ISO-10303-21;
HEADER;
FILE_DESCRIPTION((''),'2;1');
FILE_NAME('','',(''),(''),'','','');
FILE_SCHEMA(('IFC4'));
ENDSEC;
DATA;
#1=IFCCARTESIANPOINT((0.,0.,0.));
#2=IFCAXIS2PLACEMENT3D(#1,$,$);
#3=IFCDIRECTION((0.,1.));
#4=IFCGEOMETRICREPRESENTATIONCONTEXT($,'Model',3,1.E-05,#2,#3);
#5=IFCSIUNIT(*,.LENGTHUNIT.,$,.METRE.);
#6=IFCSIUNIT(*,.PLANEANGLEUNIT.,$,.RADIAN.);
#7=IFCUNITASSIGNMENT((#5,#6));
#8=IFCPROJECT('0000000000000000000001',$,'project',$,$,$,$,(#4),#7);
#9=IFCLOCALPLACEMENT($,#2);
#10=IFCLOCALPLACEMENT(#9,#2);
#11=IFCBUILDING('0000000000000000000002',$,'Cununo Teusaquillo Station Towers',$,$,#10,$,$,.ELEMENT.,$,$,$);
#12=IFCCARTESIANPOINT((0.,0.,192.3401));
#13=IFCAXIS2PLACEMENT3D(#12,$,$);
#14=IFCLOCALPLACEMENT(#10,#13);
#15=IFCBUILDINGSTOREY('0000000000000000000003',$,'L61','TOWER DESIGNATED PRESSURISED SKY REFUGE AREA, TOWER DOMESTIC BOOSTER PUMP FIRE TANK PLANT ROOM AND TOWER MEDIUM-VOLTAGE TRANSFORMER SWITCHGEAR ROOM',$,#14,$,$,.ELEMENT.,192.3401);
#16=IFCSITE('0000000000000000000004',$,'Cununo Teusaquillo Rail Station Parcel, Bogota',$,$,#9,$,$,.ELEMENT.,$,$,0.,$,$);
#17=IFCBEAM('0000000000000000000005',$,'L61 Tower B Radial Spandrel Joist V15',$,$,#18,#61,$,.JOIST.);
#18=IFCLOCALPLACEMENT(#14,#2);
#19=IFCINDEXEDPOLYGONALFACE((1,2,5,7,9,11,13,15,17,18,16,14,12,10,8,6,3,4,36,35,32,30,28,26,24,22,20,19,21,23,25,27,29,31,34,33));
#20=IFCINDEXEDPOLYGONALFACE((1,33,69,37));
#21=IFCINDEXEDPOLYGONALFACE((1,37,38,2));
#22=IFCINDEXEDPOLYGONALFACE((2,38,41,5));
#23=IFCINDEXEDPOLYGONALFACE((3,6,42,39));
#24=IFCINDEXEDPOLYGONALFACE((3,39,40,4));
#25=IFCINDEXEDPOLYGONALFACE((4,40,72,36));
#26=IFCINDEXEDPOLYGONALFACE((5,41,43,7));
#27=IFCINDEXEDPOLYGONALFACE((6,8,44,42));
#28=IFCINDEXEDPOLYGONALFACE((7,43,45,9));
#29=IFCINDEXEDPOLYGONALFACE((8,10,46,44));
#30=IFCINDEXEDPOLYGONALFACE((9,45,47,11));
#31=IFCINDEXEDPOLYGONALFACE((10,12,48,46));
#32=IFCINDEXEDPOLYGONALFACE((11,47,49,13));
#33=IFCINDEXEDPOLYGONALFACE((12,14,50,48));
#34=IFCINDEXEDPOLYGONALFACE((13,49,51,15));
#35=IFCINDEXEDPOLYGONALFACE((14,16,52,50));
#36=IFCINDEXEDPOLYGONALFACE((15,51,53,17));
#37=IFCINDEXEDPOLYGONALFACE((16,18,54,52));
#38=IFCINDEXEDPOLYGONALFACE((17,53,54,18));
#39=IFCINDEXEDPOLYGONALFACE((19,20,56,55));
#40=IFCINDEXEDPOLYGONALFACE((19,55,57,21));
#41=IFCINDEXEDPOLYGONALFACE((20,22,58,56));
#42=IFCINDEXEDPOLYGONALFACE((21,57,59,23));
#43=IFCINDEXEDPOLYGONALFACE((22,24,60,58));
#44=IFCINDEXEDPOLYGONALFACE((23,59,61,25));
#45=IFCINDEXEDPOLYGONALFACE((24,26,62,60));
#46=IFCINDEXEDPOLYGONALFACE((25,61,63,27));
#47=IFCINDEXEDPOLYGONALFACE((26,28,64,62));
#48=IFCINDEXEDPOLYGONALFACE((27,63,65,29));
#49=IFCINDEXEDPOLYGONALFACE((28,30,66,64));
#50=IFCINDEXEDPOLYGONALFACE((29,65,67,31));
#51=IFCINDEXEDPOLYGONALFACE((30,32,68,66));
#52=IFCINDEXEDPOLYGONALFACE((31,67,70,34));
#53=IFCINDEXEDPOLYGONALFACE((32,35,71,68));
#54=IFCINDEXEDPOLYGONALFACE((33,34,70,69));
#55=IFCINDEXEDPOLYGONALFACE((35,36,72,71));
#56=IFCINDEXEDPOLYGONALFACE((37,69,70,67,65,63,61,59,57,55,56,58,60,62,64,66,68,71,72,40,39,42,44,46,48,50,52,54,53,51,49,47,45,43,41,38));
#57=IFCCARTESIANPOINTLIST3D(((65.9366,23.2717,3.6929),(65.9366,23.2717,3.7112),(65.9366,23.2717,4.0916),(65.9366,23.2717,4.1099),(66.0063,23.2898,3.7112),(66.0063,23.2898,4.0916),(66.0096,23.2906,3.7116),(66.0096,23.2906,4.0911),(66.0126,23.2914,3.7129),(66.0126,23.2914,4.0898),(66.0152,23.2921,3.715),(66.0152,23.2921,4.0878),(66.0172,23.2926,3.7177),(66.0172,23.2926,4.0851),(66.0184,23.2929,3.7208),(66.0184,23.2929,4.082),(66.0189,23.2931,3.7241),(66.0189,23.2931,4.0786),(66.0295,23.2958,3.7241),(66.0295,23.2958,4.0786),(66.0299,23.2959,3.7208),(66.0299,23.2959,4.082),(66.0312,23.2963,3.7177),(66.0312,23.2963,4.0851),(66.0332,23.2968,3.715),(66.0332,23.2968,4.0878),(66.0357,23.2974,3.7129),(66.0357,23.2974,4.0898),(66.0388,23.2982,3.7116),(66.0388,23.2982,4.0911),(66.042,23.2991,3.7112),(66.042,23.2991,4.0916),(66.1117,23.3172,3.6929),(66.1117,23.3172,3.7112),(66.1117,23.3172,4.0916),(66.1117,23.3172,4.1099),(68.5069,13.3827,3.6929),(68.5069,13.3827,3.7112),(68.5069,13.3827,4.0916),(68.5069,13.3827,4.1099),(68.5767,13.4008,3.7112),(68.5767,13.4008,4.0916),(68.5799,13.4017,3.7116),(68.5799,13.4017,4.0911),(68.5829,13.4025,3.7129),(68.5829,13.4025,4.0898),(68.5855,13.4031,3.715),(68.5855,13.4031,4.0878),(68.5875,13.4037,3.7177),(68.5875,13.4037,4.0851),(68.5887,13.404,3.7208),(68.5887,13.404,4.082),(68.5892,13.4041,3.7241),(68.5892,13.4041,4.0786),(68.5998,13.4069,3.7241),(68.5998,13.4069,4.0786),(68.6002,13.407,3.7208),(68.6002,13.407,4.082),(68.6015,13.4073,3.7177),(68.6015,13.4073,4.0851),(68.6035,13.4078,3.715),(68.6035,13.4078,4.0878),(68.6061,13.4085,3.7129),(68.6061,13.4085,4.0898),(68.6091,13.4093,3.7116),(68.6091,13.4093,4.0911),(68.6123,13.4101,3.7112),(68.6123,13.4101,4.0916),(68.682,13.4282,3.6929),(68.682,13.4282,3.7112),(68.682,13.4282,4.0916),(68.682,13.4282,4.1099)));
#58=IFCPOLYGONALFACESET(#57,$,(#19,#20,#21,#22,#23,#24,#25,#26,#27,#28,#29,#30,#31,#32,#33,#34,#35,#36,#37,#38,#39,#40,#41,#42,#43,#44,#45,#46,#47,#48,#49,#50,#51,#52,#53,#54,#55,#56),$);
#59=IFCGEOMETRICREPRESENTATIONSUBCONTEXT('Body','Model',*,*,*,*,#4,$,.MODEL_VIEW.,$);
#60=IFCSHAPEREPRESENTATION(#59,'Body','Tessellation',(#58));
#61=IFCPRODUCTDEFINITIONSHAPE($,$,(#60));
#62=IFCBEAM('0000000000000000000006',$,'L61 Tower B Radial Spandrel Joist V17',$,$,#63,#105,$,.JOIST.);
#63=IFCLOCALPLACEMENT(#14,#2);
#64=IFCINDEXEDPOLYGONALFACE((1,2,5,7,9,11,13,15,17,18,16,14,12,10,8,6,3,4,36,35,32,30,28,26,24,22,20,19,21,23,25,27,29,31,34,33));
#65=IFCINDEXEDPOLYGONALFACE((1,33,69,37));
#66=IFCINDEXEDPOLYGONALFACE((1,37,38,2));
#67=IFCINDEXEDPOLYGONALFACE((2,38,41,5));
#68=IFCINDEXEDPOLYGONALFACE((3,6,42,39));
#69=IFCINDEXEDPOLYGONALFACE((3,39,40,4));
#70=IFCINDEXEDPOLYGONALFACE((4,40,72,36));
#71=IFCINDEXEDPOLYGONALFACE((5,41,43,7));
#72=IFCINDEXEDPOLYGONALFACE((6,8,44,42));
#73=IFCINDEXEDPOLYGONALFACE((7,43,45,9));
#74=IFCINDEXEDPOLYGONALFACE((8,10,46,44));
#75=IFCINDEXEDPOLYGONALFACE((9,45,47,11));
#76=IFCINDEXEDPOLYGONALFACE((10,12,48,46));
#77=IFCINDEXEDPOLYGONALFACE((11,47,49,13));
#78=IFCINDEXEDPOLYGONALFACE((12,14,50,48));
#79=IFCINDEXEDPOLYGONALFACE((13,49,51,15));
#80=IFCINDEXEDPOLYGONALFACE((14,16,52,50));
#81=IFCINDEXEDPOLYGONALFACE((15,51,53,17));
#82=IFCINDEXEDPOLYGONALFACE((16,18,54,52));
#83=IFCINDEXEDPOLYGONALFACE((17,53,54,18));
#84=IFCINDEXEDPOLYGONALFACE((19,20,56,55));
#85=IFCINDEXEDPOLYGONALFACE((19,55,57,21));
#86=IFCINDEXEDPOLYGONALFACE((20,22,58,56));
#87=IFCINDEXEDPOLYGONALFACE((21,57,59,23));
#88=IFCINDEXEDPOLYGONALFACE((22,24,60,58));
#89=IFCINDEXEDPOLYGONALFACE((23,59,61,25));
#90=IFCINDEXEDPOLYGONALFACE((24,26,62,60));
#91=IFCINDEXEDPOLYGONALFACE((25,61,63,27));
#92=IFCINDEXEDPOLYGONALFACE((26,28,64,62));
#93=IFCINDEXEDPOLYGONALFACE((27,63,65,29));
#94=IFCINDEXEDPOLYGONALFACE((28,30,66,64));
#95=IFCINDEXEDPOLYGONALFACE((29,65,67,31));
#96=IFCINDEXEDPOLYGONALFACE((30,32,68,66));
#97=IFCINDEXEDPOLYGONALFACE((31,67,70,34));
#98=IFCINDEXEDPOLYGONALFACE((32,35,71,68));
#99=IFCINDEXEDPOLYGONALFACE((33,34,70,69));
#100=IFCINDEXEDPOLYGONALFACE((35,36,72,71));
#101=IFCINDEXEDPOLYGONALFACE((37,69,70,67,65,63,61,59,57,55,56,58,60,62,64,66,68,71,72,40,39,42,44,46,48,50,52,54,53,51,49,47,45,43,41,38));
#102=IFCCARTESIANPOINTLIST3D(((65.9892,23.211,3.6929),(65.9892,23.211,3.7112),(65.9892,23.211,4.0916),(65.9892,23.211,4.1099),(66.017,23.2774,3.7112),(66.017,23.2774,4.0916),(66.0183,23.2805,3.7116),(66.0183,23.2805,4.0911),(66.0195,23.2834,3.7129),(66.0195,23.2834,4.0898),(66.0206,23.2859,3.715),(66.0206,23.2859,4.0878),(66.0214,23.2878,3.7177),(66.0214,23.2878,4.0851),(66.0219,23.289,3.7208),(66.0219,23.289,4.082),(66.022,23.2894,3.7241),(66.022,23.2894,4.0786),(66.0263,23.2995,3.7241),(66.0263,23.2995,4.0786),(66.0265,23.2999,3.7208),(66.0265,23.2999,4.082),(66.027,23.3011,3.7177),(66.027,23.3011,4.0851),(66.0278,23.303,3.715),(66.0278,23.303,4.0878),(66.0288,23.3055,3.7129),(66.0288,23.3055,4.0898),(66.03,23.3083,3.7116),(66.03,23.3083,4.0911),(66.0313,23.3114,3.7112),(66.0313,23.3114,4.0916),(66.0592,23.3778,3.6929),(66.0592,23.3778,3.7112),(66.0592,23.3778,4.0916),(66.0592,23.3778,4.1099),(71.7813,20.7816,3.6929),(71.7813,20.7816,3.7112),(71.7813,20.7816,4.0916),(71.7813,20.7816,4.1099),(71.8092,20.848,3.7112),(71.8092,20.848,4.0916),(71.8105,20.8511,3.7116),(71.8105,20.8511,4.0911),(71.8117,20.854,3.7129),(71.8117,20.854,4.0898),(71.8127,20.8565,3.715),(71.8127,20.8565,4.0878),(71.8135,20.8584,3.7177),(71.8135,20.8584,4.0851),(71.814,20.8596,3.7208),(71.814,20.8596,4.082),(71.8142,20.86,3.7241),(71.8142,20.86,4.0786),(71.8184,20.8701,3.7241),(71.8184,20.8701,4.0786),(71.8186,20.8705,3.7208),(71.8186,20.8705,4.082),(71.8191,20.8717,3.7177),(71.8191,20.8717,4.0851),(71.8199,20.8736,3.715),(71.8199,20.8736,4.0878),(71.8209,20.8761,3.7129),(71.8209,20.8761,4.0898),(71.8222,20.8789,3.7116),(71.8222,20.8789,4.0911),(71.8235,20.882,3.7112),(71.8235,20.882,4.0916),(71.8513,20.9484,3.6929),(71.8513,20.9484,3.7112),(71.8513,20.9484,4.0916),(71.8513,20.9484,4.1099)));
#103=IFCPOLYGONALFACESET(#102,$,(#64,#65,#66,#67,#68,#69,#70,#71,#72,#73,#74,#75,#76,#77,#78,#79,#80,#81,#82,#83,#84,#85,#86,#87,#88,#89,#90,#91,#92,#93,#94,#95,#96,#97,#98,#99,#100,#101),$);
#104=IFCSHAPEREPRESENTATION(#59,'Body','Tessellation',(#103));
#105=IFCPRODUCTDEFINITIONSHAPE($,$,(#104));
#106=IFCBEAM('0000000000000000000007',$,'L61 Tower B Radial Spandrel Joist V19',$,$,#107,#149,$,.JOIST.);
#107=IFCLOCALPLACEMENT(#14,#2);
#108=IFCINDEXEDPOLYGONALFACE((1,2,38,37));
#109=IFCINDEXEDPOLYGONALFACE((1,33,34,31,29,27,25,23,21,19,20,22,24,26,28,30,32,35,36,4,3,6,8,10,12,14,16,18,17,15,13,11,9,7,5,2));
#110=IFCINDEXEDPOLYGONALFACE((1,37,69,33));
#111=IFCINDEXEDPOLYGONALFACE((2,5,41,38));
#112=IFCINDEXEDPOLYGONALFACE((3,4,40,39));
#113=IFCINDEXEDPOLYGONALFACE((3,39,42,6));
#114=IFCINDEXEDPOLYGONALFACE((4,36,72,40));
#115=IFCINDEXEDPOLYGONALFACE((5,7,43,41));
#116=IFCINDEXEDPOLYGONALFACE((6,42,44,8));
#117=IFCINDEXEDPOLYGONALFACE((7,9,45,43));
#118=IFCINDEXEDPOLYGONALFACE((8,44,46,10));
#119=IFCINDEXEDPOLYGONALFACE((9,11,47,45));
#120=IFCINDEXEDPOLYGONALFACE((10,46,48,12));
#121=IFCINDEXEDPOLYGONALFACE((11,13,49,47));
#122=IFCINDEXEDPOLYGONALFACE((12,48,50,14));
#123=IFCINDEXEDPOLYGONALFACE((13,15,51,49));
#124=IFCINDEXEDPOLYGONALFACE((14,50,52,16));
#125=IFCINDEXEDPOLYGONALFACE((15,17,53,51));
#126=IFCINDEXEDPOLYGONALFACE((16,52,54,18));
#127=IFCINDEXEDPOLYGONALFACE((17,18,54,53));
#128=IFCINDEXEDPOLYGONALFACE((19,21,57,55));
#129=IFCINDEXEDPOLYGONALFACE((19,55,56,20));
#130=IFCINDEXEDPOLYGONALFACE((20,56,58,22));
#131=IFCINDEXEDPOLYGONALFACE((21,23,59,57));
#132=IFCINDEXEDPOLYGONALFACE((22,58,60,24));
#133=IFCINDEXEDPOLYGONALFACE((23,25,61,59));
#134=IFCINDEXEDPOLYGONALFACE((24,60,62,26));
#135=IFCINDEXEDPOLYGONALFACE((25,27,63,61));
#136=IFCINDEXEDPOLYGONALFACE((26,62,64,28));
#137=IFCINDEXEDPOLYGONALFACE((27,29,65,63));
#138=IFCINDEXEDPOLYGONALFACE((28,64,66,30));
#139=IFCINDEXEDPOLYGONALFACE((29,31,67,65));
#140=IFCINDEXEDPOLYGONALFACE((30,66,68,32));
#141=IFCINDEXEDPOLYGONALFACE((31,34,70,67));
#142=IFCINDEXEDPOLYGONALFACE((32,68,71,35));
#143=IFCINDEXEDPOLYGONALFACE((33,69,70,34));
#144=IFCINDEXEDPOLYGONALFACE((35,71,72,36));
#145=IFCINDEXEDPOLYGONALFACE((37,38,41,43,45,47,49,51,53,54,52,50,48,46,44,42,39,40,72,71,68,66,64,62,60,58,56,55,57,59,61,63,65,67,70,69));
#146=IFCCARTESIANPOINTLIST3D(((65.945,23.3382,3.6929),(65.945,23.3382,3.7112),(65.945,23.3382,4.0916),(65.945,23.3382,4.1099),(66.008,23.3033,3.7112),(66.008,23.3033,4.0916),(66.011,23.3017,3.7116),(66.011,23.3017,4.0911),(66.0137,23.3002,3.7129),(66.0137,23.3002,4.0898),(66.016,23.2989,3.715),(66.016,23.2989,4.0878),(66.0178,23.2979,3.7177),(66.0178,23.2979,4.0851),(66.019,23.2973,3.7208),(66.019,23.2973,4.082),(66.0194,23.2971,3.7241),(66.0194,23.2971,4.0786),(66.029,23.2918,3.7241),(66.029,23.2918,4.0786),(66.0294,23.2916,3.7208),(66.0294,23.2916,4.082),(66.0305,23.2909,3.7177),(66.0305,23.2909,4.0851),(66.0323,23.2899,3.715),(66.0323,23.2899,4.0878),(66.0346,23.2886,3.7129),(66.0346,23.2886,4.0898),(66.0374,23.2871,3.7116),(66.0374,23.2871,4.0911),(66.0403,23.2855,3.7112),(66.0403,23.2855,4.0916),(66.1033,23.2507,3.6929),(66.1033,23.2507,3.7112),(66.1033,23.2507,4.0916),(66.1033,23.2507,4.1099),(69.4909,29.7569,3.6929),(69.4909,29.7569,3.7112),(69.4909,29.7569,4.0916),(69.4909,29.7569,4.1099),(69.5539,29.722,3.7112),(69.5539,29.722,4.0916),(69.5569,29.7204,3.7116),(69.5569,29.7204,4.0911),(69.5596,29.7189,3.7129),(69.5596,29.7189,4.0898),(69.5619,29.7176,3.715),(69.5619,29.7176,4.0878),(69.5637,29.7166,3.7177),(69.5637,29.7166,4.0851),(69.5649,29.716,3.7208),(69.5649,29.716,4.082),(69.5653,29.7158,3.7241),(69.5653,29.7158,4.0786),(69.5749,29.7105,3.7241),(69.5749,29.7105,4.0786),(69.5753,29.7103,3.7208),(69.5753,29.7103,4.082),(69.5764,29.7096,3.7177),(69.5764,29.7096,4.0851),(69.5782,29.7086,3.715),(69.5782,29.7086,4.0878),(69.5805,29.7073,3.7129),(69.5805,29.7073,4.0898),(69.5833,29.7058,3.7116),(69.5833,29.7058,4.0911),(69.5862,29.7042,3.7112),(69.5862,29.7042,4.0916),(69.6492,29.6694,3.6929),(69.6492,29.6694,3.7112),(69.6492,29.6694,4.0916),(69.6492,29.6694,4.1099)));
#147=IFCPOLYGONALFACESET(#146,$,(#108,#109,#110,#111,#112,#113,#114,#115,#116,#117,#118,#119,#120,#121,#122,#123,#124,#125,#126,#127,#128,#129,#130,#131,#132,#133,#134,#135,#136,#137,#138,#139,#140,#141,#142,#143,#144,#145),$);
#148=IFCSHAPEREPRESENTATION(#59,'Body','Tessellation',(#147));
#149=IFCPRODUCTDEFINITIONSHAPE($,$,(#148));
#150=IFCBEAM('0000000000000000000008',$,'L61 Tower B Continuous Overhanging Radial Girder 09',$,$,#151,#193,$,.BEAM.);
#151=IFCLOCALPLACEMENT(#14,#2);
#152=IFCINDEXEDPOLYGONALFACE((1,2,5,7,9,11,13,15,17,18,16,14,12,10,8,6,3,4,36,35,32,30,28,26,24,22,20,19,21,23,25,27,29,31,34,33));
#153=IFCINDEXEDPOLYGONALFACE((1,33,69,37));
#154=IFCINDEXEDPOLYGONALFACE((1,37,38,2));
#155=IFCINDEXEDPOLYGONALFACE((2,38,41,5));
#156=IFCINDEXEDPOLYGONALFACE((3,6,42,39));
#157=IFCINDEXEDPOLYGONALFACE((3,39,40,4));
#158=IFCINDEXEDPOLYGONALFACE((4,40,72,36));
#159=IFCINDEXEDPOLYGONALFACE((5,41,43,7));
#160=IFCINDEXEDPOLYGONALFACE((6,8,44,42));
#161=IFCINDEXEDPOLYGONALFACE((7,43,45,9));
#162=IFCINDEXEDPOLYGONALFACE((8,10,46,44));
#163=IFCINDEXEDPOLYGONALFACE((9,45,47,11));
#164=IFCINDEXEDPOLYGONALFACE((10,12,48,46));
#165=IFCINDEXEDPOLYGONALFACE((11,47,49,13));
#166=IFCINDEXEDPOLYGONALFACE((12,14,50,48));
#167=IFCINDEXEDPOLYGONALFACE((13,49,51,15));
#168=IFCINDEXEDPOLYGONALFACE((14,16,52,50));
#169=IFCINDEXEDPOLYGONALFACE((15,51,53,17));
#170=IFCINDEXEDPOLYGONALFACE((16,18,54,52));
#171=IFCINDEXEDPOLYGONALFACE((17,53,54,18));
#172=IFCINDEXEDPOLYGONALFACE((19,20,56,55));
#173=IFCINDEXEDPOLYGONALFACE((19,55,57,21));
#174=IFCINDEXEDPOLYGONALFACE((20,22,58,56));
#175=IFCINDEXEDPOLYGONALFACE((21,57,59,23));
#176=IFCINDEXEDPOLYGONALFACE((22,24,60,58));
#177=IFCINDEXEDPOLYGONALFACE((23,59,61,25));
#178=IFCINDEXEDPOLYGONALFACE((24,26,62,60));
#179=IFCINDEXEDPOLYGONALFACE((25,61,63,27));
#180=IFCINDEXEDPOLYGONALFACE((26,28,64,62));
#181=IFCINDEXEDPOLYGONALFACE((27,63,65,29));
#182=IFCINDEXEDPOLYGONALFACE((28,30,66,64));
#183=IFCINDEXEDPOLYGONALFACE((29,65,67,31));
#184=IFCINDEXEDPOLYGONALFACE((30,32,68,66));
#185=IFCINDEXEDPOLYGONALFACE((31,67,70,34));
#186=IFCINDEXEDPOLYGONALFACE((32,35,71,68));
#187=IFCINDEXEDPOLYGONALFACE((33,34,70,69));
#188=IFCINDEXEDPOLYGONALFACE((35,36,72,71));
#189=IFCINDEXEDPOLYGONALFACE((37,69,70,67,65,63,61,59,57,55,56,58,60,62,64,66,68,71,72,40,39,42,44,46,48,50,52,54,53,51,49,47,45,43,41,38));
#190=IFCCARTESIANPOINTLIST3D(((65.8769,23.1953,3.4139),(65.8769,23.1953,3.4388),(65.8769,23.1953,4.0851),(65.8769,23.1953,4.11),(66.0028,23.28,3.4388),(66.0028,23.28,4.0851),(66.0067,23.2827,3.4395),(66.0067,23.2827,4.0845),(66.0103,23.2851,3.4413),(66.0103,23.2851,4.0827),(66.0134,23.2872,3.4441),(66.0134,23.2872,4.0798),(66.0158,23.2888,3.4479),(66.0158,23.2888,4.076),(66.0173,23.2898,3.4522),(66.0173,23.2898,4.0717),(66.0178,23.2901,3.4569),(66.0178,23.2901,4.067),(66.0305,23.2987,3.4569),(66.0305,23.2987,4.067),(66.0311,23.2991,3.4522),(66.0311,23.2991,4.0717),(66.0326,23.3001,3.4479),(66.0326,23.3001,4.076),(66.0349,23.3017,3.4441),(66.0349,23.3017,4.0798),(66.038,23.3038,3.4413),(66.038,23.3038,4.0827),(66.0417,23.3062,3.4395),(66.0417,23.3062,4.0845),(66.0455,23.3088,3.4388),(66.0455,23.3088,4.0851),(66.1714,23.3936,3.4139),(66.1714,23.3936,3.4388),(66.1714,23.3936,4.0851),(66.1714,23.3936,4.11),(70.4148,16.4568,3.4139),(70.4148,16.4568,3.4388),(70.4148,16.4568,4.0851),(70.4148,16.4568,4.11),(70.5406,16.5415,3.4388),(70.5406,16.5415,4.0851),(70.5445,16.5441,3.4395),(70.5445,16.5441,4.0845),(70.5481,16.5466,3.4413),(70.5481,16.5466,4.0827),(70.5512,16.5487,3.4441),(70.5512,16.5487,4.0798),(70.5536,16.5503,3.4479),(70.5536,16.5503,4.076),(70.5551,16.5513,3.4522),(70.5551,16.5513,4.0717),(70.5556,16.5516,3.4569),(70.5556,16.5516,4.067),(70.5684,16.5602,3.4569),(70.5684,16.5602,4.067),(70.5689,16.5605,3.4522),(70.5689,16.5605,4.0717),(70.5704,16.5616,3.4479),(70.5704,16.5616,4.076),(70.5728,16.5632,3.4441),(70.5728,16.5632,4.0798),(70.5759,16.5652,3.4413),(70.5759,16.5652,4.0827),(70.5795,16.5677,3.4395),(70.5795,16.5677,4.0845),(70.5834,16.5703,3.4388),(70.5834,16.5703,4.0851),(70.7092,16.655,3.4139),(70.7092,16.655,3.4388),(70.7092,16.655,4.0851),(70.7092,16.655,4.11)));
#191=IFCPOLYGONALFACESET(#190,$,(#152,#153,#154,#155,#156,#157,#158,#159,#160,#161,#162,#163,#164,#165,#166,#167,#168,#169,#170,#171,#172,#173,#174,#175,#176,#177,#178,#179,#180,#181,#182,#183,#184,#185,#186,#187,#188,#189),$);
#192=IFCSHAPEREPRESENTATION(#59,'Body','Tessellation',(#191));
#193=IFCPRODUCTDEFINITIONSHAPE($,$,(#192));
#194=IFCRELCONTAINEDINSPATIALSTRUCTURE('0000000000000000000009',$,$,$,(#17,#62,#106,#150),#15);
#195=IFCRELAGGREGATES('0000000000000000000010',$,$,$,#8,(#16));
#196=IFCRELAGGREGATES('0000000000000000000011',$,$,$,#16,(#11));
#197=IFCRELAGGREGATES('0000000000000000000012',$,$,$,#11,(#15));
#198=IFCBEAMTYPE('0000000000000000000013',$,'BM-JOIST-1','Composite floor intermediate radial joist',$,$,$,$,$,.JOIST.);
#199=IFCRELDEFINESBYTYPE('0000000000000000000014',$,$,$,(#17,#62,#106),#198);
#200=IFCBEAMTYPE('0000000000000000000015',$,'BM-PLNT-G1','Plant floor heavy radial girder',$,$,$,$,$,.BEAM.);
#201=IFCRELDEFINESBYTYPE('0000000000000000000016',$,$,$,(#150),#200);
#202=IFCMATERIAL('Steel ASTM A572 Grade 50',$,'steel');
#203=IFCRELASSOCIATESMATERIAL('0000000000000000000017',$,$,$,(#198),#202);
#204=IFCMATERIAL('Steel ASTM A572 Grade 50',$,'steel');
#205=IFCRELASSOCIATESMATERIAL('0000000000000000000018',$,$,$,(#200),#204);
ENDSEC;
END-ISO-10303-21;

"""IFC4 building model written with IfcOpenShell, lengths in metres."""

from ifc_helpers import new_model, si_unit, direction, frame, origin, origin_2d, place, context, subcontext, project, spatial, i_section, extrude, material, material_profile, profile_set, type_object, element, save


model = new_model("IFC4")

# Units and contexts
model_context = context("Model", 3, precision=1e-05, world=origin(), true_north=direction((0.0, 1.0)))
body_context = subcontext(model_context, "Body", "Model", "MODEL_VIEW")
ifc_project = project(units=[si_unit("LENGTHUNIT", "METRE"), si_unit("PLANEANGLEUNIT", "RADIAN")], contexts=[model_context])

# Site, building, storey
site_placement = place(None, origin())
site = spatial("IfcSite", under=ifc_project, at=site_placement, Name="Cununo Teusaquillo Rail Station Parcel, Bogota", CompositionType="ELEMENT", RefElevation=0.0)
building_placement = place(site_placement, origin())
building = spatial("IfcBuilding", under=site, at=building_placement, Name="Cununo Teusaquillo Station Towers", CompositionType="ELEMENT")
storey_placement = place(building_placement, frame((0.0, 0.0, 192.3401)))
storey = spatial("IfcBuildingStorey", under=building, at=storey_placement, Name="L61", Description="TOWER DESIGNATED PRESSURISED SKY REFUGE AREA, TOWER DOMESTIC BOOSTER PUMP FIRE TANK PLANT ROOM AND TOWER MEDIUM-VOLTAGE TRANSFORMER SWITCHGEAR ROOM", CompositionType="ELEMENT", Elevation=192.3401)

# Beams
ifc_material_1 = material(Name="Steel ASTM A572 Grade 50", Category="steel")
ifc_material_profile_1 = material_profile(ifc_material_1, i_section(OverallWidth=0.1809, OverallDepth=0.417, WebThickness=0.011, FlangeThickness=0.0183, FilletRadius=0.0129, at=origin_2d()), Name="W16X57")
ifc_profile_set_1 = profile_set([ifc_material_profile_1], Name="Steel ASTM A572 Grade 50")
beam_type_1 = type_object("IfcBeamType", Name="BM-JOIST-1", Description="Composite floor intermediate radial joist", PredefinedType="JOIST", material=ifc_profile_set_1)
beam_1_placement = place(storey_placement, frame((66.0242, 23.2944, 3.9014), z_axis=(0.25156, -0.967842, 0.0), x_axis=(0.967842, 0.25156, 0.0)))
element("IfcBeam", 1, at=beam_1_placement, inside=storey, type_object=beam_type_1, Name="L61 Tower B Radial Spandrel Joist V15", PredefinedType="JOIST", context=body_context, shape_type="SweptSolid", body=[
    extrude(i_section(OverallWidth=0.1809, OverallDepth=0.417, WebThickness=0.011, FlangeThickness=0.0183, FilletRadius=0.0129, at=origin_2d()), origin(), (0.0, 0.0, 1.0), 10.2175),
])
beam_2_placement = place(storey_placement, frame((66.0242, 23.2944, 3.9014), z_axis=(0.922169, -0.386786, 0.0), x_axis=(0.386786, 0.922169, 0.0)))
element("IfcBeam", 2, at=beam_2_placement, inside=storey, type_object=beam_type_1, Name="L61 Tower B Radial Spandrel Joist V17", PredefinedType="JOIST", context=body_context, shape_type="SweptSolid", body=[
    extrude(i_section(OverallWidth=0.1809, OverallDepth=0.417, WebThickness=0.011, FlangeThickness=0.0183, FilletRadius=0.0129, at=origin_2d()), origin(), (0.0, 0.0, 1.0), 6.281),
])
beam_3_placement = place(storey_placement, frame((66.0242, 23.2944, 3.9014), z_axis=(0.483553, 0.875315, 0.0), x_axis=(-0.875315, 0.483553, 0.0)))
element("IfcBeam", 3, at=beam_3_placement, inside=storey, type_object=beam_type_1, Name="L61 Tower B Radial Spandrel Joist V19", PredefinedType="JOIST", context=body_context, shape_type="SweptSolid", body=[
    extrude(i_section(OverallWidth=0.1809, OverallDepth=0.417, WebThickness=0.011, FlangeThickness=0.0183, FilletRadius=0.0129, at=origin_2d()), origin(), (0.0, 0.0, 1.0), 7.333),
])
ifc_material_2 = material(Name="Steel ASTM A572 Grade 50", Category="steel")
ifc_material_profile_2 = material_profile(ifc_material_2, i_section(OverallWidth=0.355, OverallDepth=0.696, WebThickness=0.0154, FlangeThickness=0.0249, FilletRadius=0.0181, at=origin_2d()), Name="W27X146")
ifc_profile_set_2 = profile_set([ifc_material_profile_2], Name="Steel ASTM A572 Grade 50")
beam_type_2 = type_object("IfcBeamType", Name="BM-PLNT-G1", Description="Plant floor heavy radial girder", PredefinedType="BEAM", material=ifc_profile_set_2)
beam_4_placement = place(storey_placement, frame((66.0242, 23.2944, 3.762), z_axis=(0.558571, -0.829457, 0.0), x_axis=(0.829457, 0.558571, 0.0)))
element("IfcBeam", 4, at=beam_4_placement, inside=storey, type_object=beam_type_2, Name="L61 Tower B Continuous Overhanging Radial Girder 09", PredefinedType="BEAM", context=body_context, shape_type="SweptSolid", body=[
    extrude(i_section(OverallWidth=0.355, OverallDepth=0.696, WebThickness=0.0154, FlangeThickness=0.0249, FilletRadius=0.0181, at=origin_2d()), origin(), (0.0, 0.0, 1.0), 8.124),
])

save(model, "model.ifc")
